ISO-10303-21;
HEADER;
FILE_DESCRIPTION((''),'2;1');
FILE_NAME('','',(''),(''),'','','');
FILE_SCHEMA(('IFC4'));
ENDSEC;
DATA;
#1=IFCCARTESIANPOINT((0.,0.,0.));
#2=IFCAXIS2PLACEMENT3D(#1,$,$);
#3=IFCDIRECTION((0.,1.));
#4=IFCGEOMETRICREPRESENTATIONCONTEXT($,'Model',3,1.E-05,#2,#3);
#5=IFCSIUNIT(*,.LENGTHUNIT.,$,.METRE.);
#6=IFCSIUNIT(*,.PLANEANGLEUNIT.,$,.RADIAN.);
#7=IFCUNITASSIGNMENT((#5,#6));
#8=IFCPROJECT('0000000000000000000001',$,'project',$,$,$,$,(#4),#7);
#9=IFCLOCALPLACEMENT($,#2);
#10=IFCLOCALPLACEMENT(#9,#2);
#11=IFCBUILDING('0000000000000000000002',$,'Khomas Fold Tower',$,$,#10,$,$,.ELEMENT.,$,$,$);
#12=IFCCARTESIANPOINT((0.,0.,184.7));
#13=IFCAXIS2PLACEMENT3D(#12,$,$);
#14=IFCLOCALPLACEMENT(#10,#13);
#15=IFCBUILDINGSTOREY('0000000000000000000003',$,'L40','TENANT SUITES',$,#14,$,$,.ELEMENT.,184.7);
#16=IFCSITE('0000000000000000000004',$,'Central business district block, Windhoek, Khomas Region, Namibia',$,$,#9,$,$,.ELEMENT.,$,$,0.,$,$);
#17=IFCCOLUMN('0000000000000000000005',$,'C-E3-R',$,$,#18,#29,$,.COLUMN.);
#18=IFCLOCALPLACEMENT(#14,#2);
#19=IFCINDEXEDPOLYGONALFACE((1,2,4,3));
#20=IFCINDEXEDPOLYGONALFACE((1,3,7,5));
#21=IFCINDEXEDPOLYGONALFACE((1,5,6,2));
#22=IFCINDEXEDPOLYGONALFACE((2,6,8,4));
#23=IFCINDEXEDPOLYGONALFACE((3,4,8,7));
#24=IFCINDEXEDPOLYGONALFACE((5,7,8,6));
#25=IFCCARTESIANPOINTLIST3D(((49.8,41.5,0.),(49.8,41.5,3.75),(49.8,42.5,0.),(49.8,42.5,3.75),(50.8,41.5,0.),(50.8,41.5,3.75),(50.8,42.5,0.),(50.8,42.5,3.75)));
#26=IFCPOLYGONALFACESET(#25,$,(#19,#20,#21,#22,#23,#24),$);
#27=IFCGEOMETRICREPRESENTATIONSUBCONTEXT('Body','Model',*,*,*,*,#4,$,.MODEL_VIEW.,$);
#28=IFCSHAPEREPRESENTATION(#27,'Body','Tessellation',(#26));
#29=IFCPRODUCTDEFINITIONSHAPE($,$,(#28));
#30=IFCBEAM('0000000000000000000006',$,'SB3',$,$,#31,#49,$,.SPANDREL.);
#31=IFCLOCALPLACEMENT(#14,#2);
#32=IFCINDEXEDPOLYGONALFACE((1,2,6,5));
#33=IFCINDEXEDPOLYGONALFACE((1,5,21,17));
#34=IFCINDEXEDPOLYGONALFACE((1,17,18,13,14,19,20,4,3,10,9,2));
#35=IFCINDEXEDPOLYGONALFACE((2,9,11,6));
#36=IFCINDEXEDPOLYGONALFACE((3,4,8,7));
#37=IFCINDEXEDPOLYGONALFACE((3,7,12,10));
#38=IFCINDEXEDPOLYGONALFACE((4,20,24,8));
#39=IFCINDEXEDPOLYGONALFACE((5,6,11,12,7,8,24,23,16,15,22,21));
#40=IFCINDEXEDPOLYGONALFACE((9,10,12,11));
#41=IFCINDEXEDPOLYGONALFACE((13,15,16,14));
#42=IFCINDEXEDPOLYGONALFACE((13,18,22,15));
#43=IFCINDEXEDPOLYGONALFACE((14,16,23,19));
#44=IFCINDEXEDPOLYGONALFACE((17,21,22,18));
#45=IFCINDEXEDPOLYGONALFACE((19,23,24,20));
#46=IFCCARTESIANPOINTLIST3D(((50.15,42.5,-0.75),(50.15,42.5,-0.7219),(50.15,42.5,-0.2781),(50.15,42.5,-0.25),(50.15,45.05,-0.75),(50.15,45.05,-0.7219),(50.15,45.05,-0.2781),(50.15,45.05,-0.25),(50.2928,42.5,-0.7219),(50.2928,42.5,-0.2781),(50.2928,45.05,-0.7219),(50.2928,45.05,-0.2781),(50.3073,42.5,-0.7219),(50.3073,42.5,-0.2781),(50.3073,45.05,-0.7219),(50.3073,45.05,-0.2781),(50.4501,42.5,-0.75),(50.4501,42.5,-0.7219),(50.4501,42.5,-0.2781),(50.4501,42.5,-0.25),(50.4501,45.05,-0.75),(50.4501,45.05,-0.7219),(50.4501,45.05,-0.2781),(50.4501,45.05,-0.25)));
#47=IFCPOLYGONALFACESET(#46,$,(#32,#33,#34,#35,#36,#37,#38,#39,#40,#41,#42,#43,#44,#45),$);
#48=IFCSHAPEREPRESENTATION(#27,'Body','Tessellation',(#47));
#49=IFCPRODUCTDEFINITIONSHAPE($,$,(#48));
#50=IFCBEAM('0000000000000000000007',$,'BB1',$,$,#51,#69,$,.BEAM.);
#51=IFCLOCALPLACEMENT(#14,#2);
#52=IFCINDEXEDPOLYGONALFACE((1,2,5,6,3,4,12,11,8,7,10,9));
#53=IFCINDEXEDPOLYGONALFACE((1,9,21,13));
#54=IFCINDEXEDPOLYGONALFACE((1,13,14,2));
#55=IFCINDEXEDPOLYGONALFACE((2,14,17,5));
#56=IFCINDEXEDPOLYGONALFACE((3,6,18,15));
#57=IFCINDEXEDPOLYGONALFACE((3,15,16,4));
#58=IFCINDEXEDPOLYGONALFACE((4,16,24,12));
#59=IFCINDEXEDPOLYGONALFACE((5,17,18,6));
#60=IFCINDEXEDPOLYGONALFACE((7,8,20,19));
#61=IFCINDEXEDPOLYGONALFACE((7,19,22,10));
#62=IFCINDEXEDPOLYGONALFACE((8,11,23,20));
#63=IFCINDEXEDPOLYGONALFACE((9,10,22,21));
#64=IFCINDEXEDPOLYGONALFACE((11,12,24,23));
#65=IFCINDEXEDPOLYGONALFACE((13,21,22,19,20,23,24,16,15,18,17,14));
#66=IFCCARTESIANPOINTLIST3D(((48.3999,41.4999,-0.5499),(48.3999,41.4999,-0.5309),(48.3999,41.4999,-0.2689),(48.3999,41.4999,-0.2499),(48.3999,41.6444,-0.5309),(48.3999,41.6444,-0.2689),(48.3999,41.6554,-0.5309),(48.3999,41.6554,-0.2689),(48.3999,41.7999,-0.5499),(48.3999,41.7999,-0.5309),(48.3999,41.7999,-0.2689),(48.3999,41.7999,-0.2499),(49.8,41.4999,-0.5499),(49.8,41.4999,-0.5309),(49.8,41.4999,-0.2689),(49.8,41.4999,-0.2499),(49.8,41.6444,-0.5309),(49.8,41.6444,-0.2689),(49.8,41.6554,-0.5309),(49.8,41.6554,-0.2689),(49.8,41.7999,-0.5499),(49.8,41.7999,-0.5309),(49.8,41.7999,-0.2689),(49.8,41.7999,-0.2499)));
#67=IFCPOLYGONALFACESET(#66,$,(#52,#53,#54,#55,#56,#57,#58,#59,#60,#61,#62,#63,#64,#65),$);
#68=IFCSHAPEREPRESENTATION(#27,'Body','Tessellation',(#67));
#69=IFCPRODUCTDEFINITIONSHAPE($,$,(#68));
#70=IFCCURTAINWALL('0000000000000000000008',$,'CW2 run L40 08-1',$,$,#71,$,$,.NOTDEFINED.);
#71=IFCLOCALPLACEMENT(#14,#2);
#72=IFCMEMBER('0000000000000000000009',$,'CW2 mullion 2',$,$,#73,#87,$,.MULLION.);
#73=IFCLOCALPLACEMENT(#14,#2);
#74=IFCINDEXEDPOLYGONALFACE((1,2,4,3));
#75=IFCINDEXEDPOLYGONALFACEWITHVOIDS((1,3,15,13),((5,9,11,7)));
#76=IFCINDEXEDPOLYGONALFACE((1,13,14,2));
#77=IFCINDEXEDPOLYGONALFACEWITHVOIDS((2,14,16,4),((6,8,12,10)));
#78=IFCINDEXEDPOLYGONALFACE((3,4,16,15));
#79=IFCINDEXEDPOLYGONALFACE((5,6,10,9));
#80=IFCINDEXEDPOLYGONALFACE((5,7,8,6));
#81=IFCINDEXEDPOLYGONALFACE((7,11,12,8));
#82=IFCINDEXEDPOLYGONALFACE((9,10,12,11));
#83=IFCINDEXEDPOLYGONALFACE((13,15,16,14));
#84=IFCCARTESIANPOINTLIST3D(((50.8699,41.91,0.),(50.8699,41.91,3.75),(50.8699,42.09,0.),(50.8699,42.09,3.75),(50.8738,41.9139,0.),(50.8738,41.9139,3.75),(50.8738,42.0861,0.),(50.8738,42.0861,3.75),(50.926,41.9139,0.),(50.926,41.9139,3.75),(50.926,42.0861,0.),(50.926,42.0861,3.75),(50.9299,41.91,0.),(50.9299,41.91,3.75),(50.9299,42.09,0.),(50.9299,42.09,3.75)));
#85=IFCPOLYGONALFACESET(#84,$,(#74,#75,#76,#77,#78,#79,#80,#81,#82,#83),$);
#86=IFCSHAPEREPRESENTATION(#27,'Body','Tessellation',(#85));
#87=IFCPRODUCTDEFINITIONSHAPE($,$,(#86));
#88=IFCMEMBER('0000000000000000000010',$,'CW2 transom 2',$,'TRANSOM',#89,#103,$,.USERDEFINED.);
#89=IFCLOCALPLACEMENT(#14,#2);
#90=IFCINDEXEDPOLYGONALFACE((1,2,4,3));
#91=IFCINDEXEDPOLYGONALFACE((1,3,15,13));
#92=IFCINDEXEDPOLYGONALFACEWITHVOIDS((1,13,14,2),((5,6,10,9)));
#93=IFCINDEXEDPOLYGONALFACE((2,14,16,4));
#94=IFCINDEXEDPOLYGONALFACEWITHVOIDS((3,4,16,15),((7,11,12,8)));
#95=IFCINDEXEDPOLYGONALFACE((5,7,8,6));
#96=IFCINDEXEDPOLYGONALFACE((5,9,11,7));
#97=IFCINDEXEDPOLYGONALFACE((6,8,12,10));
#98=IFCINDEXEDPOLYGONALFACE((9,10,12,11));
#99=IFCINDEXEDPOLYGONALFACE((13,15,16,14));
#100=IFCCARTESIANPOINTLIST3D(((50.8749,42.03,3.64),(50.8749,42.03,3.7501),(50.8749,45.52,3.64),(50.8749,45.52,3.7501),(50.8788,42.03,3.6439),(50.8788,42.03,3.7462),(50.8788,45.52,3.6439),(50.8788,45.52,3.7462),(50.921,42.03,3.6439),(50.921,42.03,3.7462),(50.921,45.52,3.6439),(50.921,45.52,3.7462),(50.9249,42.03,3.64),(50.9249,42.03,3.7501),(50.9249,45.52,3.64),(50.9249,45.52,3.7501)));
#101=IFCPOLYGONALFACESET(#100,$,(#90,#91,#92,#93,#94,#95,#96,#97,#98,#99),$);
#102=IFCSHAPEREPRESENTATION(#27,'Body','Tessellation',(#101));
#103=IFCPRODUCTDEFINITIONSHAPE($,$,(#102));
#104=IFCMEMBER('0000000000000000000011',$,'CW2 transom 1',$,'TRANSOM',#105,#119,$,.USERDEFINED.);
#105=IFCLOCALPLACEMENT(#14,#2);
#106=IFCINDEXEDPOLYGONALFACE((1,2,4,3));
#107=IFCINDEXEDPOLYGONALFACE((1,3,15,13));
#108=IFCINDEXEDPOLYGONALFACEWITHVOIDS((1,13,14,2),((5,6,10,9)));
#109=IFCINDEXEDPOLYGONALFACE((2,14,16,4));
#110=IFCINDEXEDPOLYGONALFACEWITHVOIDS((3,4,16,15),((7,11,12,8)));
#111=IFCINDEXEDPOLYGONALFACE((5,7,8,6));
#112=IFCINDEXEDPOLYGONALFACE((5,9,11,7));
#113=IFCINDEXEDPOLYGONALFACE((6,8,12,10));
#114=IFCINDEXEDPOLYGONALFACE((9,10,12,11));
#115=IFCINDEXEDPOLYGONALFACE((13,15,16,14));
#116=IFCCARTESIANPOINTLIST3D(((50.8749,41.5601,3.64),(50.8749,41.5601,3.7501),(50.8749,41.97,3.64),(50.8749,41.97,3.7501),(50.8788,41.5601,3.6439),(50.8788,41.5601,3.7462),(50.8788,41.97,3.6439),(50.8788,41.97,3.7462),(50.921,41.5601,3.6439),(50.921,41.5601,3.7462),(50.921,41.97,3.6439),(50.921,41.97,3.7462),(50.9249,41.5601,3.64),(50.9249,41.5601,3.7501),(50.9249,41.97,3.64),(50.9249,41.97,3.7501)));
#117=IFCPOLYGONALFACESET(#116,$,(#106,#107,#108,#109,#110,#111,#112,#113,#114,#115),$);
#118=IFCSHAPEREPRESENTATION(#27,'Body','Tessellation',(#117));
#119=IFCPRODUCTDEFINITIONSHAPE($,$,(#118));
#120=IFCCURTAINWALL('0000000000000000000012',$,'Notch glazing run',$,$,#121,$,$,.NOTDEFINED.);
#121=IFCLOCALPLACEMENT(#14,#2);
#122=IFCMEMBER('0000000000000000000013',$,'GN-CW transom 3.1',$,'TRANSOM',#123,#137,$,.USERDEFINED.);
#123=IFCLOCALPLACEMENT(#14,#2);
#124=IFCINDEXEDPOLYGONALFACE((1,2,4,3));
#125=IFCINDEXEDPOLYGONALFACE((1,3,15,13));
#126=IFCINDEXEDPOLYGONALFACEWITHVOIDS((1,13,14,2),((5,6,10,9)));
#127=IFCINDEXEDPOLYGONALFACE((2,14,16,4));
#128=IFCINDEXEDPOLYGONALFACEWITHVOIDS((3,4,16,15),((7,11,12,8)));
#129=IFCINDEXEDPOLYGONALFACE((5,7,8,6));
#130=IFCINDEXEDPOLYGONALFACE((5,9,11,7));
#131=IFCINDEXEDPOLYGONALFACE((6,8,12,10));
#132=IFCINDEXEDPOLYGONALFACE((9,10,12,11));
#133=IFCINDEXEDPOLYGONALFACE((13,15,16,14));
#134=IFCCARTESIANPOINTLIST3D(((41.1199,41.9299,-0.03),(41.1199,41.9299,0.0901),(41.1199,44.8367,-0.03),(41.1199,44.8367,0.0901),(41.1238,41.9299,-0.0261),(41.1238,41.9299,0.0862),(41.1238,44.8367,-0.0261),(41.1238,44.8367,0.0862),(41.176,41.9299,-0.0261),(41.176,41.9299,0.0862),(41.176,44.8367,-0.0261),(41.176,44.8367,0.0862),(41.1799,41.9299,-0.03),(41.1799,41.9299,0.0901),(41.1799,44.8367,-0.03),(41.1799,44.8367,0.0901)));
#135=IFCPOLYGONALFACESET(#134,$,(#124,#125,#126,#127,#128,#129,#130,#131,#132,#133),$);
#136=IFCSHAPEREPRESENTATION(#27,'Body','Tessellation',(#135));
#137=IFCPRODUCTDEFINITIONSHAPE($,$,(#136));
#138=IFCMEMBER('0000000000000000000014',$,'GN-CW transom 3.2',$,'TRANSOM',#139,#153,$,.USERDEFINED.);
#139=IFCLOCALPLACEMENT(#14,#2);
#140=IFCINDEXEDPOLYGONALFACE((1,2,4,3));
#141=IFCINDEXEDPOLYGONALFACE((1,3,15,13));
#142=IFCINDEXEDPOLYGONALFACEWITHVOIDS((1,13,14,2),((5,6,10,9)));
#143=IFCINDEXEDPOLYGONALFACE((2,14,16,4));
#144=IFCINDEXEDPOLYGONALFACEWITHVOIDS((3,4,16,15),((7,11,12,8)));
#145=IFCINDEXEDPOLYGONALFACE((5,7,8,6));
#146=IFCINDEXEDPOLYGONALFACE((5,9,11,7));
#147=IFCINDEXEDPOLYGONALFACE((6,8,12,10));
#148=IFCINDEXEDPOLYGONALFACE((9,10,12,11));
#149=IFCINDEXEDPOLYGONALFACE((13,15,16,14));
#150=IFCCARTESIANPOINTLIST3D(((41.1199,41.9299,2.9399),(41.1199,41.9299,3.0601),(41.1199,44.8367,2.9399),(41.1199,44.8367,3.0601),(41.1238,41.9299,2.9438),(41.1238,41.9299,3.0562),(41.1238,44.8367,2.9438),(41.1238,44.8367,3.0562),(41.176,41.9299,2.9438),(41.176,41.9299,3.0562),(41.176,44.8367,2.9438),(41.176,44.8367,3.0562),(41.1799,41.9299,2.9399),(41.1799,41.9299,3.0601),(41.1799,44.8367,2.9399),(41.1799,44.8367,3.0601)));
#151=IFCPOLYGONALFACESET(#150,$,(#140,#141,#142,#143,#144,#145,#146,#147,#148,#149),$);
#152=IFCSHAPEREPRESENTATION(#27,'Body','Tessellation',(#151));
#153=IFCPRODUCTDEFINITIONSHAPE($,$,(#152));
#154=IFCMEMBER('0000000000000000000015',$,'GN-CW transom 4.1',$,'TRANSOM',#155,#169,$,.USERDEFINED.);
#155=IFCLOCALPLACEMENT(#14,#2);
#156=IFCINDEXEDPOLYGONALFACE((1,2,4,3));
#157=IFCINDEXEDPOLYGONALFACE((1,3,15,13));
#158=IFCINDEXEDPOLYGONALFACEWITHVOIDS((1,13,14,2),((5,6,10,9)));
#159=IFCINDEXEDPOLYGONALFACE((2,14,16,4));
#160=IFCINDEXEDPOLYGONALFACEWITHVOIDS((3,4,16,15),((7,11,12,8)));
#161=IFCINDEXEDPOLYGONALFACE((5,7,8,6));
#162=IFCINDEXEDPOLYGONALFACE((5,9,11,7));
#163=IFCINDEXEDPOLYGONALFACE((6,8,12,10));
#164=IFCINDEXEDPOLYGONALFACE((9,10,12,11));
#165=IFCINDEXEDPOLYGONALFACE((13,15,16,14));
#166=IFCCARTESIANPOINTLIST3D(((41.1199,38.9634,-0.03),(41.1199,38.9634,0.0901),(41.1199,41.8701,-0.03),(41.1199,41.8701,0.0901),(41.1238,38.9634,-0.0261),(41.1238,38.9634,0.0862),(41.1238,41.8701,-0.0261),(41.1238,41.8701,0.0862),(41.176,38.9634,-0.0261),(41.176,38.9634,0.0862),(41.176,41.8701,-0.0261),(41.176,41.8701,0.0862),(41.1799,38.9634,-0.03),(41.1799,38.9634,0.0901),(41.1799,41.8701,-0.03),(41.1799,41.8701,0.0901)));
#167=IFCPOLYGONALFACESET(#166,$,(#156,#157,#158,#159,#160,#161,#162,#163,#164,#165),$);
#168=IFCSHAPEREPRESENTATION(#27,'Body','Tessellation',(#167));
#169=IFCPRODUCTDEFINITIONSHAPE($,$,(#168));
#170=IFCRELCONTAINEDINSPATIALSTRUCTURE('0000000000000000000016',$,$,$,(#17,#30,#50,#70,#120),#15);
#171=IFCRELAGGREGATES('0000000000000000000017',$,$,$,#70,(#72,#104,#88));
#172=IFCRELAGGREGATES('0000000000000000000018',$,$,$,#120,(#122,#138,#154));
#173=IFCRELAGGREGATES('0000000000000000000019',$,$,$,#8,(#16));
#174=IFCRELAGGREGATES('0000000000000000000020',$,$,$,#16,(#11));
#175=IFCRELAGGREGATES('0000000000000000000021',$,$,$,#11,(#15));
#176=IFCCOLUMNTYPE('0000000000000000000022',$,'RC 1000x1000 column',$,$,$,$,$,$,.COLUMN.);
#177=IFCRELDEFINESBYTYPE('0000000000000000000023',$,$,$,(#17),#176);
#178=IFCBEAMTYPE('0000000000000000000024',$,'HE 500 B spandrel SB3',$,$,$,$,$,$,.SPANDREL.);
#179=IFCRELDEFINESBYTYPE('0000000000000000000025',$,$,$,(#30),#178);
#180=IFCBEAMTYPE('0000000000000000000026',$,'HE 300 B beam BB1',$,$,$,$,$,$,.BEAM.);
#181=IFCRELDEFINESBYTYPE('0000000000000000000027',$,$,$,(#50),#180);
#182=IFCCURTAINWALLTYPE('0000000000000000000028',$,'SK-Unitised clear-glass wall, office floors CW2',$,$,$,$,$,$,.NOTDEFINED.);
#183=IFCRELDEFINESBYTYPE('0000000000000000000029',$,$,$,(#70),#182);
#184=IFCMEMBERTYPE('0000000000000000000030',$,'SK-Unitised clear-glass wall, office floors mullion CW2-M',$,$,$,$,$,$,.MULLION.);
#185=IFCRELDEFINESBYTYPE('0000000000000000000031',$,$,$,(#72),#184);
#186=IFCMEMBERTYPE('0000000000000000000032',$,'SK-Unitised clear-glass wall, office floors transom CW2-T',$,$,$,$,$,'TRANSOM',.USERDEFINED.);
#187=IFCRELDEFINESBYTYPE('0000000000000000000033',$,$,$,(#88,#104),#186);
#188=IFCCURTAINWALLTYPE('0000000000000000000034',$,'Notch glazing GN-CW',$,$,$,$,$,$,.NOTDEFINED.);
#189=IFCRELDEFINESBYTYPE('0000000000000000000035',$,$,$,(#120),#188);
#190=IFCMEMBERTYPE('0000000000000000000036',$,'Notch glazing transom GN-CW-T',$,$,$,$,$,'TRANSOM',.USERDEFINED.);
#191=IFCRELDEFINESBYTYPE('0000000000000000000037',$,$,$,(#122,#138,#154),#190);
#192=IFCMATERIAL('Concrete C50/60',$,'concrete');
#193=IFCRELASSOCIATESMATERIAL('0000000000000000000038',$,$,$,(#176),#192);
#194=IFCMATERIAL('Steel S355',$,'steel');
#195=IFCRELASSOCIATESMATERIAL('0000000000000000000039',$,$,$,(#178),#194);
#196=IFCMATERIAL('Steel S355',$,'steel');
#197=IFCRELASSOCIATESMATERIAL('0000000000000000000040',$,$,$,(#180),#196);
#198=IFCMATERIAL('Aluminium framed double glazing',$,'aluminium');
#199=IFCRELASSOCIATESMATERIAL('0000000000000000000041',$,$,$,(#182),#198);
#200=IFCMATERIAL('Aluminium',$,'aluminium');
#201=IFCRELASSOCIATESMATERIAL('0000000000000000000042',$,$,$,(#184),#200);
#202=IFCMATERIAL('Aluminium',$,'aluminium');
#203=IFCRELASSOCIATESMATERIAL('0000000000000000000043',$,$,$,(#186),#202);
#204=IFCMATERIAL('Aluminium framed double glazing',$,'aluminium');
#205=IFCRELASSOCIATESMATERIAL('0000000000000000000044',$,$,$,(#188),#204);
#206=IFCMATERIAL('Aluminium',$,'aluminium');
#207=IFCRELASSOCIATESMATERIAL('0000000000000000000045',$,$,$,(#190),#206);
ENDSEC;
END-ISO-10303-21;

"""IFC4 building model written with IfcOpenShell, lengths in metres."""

from ifc_helpers import new_model, si_unit, direction, frame, origin, origin_2d, place, context, subcontext, project, spatial, rectangle, hollow_rectangle, i_section, extrude, source, transform, mapped, material, material_profile, profile_set, type_object, element, aggregate, save


model = new_model("IFC4")

# Units and contexts
model_context = context("Model", 3, precision=1e-05, world=origin(), true_north=direction((0.0, 1.0)))
body_context = subcontext(model_context, "Body", "Model", "MODEL_VIEW")
ifc_project = project(units=[si_unit("LENGTHUNIT", "METRE"), si_unit("PLANEANGLEUNIT", "RADIAN")], contexts=[model_context])

# Site, building, storey
site_placement = place(None, origin())
site = spatial("IfcSite", under=ifc_project, at=site_placement, Name="Central business district block, Windhoek, Khomas Region, Namibia", CompositionType="ELEMENT", RefElevation=0.0)
building_placement = place(site_placement, origin())
building = spatial("IfcBuilding", under=site, at=building_placement, Name="Khomas Fold Tower", CompositionType="ELEMENT")
storey_placement = place(building_placement, frame((0.0, 0.0, 184.7)))
storey = spatial("IfcBuildingStorey", under=building, at=storey_placement, Name="L40", Description="TENANT SUITES", CompositionType="ELEMENT", Elevation=184.7)

# Column
ifc_material_1 = material(Name="Concrete C50/60", Category="concrete")
ifc_material_profile_1 = material_profile(ifc_material_1, rectangle(XDim=1.0, YDim=1.0, at=origin_2d()), Name="RC 1000x1000")
ifc_profile_set_1 = profile_set([ifc_material_profile_1], Name="Concrete C50/60")
column_type = type_object("IfcColumnType", Name="RC 1000x1000 column", PredefinedType="COLUMN", material=ifc_profile_set_1)
shared_shape_1 = source(origin(), body_context, "Body", "SweptSolid", [
    extrude(rectangle(XDim=1.0, YDim=1.0, at=origin_2d()), origin(), (0.0, 0.0, 1.0), 3.75),
])
column_placement = place(storey_placement, frame((50.3, 42.0, 0.0), z_axis=(0.0, 0.0, 1.0), x_axis=(1.0, 0.0, 0.0)))
element("IfcColumn", 1, at=column_placement, inside=storey, type_object=column_type, Name="C-E3-R", PredefinedType="COLUMN", context=body_context, shape_type="MappedRepresentation", body=[
    mapped(shared_shape_1, transform((0.0, 0.0, 0.0))),
])

# Beams
ifc_material_2 = material(Name="Steel S355", Category="steel")
ifc_material_profile_2 = material_profile(ifc_material_2, i_section(OverallWidth=0.3, OverallDepth=0.5, WebThickness=0.0144, FlangeThickness=0.0281, at=origin_2d()), Name="HE 500 B")
ifc_profile_set_2 = profile_set([ifc_material_profile_2], Name="Steel S355")
beam_type_1 = type_object("IfcBeamType", Name="HE 500 B spandrel SB3", PredefinedType="SPANDREL", material=ifc_profile_set_2)
shared_shape_2 = source(origin(), body_context, "Body", "SweptSolid", [
    extrude(i_section(OverallWidth=0.3, OverallDepth=0.5, WebThickness=0.0144, FlangeThickness=0.0281, at=origin_2d()), origin(), (0.0, 0.0, 1.0), 2.55),
])
beam_1_placement = place(storey_placement, frame((50.3, 42.5, -0.5), z_axis=(0.0, 1.0, 0.0), x_axis=(-1.0, 0.0, 0.0)))
element("IfcBeam", 2, at=beam_1_placement, inside=storey, type_object=beam_type_1, Name="SB3", PredefinedType="SPANDREL", context=body_context, shape_type="MappedRepresentation", body=[
    mapped(shared_shape_2, transform((0.0, 0.0, 0.0))),
])
ifc_material_3 = material(Name="Steel S355", Category="steel")
ifc_material_profile_3 = material_profile(ifc_material_3, i_section(OverallWidth=0.3, OverallDepth=0.3, WebThickness=0.011, FlangeThickness=0.019, at=origin_2d()), Name="HE 300 B")
ifc_profile_set_3 = profile_set([ifc_material_profile_3], Name="Steel S355")
beam_type_2 = type_object("IfcBeamType", Name="HE 300 B beam BB1", PredefinedType="BEAM", material=ifc_profile_set_3)
shared_shape_3 = source(origin(), body_context, "Body", "SweptSolid", [
    extrude(i_section(OverallWidth=0.3, OverallDepth=0.3, WebThickness=0.011, FlangeThickness=0.019, at=origin_2d()), origin(), (0.0, 0.0, 1.0), 1.4001),
])
beam_2_placement = place(storey_placement, frame((48.3999, 41.6499, -0.3999), z_axis=(1.0, 0.0, 0.0), x_axis=(0.0, 1.0, 0.0)))
element("IfcBeam", 3, at=beam_2_placement, inside=storey, type_object=beam_type_2, Name="BB1", PredefinedType="BEAM", context=body_context, shape_type="MappedRepresentation", body=[
    mapped(shared_shape_3, transform((0.0, 0.0, 0.0))),
])

# Curtain walls, members
ifc_material_4 = material(Name="Aluminium framed double glazing", Category="aluminium")
curtain_wall_type_1 = type_object("IfcCurtainWallType", Name="SK-Unitised clear-glass wall, office floors CW2", PredefinedType="NOTDEFINED", material=ifc_material_4)
curtain_wall_1_placement = place(storey_placement, origin())
curtain_wall_1 = element("IfcCurtainWall", 4, at=curtain_wall_1_placement, inside=storey, type_object=curtain_wall_type_1, Name="CW2 run L40 08-1", PredefinedType="NOTDEFINED")
ifc_material_5 = material(Name="Aluminium", Category="aluminium")
ifc_material_profile_4 = material_profile(ifc_material_5, hollow_rectangle(XDim=0.0601, YDim=0.1799, WallThickness=0.0039, at=origin_2d()), Name="SK-Unitised clear-glass wall, office floors mullion CW2-M")
ifc_profile_set_4 = profile_set([ifc_material_profile_4], Name="Aluminium")
member_type_1 = type_object("IfcMemberType", Name="SK-Unitised clear-glass wall, office floors mullion CW2-M", PredefinedType="MULLION", material=ifc_profile_set_4)
shared_shape_4 = source(origin(), body_context, "Body", "SweptSolid", [
    extrude(hollow_rectangle(XDim=0.0601, YDim=0.1799, WallThickness=0.0039, at=origin_2d()), origin(), (0.0, 0.0, 1.0), 3.75),
])
member_1_placement = place(storey_placement, frame((50.8999, 42.0, 0.0), z_axis=(0.0, 0.0, 1.0), x_axis=(-1.0, 0.0, 0.0)))
member_1 = element("IfcMember", 5, at=member_1_placement, type_object=member_type_1, Name="CW2 mullion 2", PredefinedType="MULLION", context=body_context, shape_type="MappedRepresentation", body=[
    mapped(shared_shape_4, transform((0.0, 0.0, 0.0))),
])
ifc_material_6 = material(Name="Aluminium", Category="aluminium")
ifc_material_profile_5 = material_profile(ifc_material_6, hollow_rectangle(XDim=0.05, YDim=0.1101, WallThickness=0.0039, at=origin_2d()), Name="SK-Unitised clear-glass wall, office floors transom CW2-T")
ifc_profile_set_5 = profile_set([ifc_material_profile_5], Name="Aluminium")
member_type_2 = type_object("IfcMemberType", Name="SK-Unitised clear-glass wall, office floors transom CW2-T", ElementType="TRANSOM", PredefinedType="USERDEFINED", material=ifc_profile_set_5)
shared_shape_5 = source(origin(), body_context, "Body", "SweptSolid", [
    extrude(hollow_rectangle(XDim=0.05, YDim=0.1101, WallThickness=0.0039, at=origin_2d()), origin(), (0.0, 0.0, 1.0), 3.49),
])
member_2_placement = place(storey_placement, frame((50.8999, 42.03, 3.6951), z_axis=(0.0, 1.0, 0.0), x_axis=(-1.0, 0.0, 0.0)))
member_2 = element("IfcMember", 6, at=member_2_placement, type_object=member_type_2, Name="CW2 transom 2", ObjectType="TRANSOM", PredefinedType="USERDEFINED", context=body_context, shape_type="MappedRepresentation", body=[
    mapped(shared_shape_5, transform((0.0, 0.0, 0.0))),
])
shared_shape_6 = source(origin(), body_context, "Body", "SweptSolid", [
    extrude(hollow_rectangle(XDim=0.05, YDim=0.1101, WallThickness=0.0039, at=origin_2d()), origin(), (0.0, 0.0, 1.0), 0.4099),
])
member_3_placement = place(storey_placement, frame((50.8999, 41.5601, 3.6951), z_axis=(0.0, 1.0, 0.0), x_axis=(-1.0, 0.0, 0.0)))
member_3 = element("IfcMember", 7, at=member_3_placement, type_object=member_type_2, Name="CW2 transom 1", ObjectType="TRANSOM", PredefinedType="USERDEFINED", context=body_context, shape_type="MappedRepresentation", body=[
    mapped(shared_shape_6, transform((0.0, 0.0, 0.0))),
])
ifc_material_7 = material(Name="Aluminium framed double glazing", Category="aluminium")
curtain_wall_type_2 = type_object("IfcCurtainWallType", Name="Notch glazing GN-CW", PredefinedType="NOTDEFINED", material=ifc_material_7)
curtain_wall_2_placement = place(storey_placement, origin())
curtain_wall_2 = element("IfcCurtainWall", 8, at=curtain_wall_2_placement, inside=storey, type_object=curtain_wall_type_2, Name="Notch glazing run", PredefinedType="NOTDEFINED")
ifc_material_8 = material(Name="Aluminium", Category="aluminium")
ifc_material_profile_6 = material_profile(ifc_material_8, hollow_rectangle(XDim=0.0601, YDim=0.1201, WallThickness=0.0039, at=origin_2d()), Name="Notch glazing transom GN-CW-T")
ifc_profile_set_6 = profile_set([ifc_material_profile_6], Name="Aluminium")
member_type_3 = type_object("IfcMemberType", Name="Notch glazing transom GN-CW-T", ElementType="TRANSOM", PredefinedType="USERDEFINED", material=ifc_profile_set_6)
shared_shape_7 = source(origin(), body_context, "Body", "SweptSolid", [
    extrude(hollow_rectangle(XDim=0.0601, YDim=0.1201, WallThickness=0.0039, at=origin_2d()), origin(), (0.0, 0.0, 1.0), 2.9067),
])
member_4_placement = place(storey_placement, frame((41.1499, 44.8367, 0.03), z_axis=(0.0, -1.0, 0.0), x_axis=(1.0, 0.0, 0.0)))
member_4 = element("IfcMember", 9, at=member_4_placement, type_object=member_type_3, Name="GN-CW transom 3.1", ObjectType="TRANSOM", PredefinedType="USERDEFINED", context=body_context, shape_type="MappedRepresentation", body=[
    mapped(shared_shape_7, transform((0.0, 0.0, 0.0))),
])
member_5_placement = place(storey_placement, frame((41.1499, 44.8367, 3.0), z_axis=(0.0, -1.0, 0.0), x_axis=(1.0, 0.0, 0.0)))
member_5 = element("IfcMember", 10, at=member_5_placement, type_object=member_type_3, Name="GN-CW transom 3.2", ObjectType="TRANSOM", PredefinedType="USERDEFINED", context=body_context, shape_type="MappedRepresentation", body=[
    mapped(shared_shape_7, transform((0.0, 0.0, 0.0))),
])
member_6_placement = place(storey_placement, frame((41.1499, 41.8701, 0.03), z_axis=(0.0, -1.0, 0.0), x_axis=(1.0, 0.0, 0.0)))
member_6 = element("IfcMember", 11, at=member_6_placement, type_object=member_type_3, Name="GN-CW transom 4.1", ObjectType="TRANSOM", PredefinedType="USERDEFINED", context=body_context, shape_type="MappedRepresentation", body=[
    mapped(shared_shape_7, transform((0.0, 0.0, 0.0))),
])

aggregate(curtain_wall_1, [member_1, member_3, member_2])
aggregate(curtain_wall_2, [member_4, member_5, member_6])

save(model, "model.ifc")
